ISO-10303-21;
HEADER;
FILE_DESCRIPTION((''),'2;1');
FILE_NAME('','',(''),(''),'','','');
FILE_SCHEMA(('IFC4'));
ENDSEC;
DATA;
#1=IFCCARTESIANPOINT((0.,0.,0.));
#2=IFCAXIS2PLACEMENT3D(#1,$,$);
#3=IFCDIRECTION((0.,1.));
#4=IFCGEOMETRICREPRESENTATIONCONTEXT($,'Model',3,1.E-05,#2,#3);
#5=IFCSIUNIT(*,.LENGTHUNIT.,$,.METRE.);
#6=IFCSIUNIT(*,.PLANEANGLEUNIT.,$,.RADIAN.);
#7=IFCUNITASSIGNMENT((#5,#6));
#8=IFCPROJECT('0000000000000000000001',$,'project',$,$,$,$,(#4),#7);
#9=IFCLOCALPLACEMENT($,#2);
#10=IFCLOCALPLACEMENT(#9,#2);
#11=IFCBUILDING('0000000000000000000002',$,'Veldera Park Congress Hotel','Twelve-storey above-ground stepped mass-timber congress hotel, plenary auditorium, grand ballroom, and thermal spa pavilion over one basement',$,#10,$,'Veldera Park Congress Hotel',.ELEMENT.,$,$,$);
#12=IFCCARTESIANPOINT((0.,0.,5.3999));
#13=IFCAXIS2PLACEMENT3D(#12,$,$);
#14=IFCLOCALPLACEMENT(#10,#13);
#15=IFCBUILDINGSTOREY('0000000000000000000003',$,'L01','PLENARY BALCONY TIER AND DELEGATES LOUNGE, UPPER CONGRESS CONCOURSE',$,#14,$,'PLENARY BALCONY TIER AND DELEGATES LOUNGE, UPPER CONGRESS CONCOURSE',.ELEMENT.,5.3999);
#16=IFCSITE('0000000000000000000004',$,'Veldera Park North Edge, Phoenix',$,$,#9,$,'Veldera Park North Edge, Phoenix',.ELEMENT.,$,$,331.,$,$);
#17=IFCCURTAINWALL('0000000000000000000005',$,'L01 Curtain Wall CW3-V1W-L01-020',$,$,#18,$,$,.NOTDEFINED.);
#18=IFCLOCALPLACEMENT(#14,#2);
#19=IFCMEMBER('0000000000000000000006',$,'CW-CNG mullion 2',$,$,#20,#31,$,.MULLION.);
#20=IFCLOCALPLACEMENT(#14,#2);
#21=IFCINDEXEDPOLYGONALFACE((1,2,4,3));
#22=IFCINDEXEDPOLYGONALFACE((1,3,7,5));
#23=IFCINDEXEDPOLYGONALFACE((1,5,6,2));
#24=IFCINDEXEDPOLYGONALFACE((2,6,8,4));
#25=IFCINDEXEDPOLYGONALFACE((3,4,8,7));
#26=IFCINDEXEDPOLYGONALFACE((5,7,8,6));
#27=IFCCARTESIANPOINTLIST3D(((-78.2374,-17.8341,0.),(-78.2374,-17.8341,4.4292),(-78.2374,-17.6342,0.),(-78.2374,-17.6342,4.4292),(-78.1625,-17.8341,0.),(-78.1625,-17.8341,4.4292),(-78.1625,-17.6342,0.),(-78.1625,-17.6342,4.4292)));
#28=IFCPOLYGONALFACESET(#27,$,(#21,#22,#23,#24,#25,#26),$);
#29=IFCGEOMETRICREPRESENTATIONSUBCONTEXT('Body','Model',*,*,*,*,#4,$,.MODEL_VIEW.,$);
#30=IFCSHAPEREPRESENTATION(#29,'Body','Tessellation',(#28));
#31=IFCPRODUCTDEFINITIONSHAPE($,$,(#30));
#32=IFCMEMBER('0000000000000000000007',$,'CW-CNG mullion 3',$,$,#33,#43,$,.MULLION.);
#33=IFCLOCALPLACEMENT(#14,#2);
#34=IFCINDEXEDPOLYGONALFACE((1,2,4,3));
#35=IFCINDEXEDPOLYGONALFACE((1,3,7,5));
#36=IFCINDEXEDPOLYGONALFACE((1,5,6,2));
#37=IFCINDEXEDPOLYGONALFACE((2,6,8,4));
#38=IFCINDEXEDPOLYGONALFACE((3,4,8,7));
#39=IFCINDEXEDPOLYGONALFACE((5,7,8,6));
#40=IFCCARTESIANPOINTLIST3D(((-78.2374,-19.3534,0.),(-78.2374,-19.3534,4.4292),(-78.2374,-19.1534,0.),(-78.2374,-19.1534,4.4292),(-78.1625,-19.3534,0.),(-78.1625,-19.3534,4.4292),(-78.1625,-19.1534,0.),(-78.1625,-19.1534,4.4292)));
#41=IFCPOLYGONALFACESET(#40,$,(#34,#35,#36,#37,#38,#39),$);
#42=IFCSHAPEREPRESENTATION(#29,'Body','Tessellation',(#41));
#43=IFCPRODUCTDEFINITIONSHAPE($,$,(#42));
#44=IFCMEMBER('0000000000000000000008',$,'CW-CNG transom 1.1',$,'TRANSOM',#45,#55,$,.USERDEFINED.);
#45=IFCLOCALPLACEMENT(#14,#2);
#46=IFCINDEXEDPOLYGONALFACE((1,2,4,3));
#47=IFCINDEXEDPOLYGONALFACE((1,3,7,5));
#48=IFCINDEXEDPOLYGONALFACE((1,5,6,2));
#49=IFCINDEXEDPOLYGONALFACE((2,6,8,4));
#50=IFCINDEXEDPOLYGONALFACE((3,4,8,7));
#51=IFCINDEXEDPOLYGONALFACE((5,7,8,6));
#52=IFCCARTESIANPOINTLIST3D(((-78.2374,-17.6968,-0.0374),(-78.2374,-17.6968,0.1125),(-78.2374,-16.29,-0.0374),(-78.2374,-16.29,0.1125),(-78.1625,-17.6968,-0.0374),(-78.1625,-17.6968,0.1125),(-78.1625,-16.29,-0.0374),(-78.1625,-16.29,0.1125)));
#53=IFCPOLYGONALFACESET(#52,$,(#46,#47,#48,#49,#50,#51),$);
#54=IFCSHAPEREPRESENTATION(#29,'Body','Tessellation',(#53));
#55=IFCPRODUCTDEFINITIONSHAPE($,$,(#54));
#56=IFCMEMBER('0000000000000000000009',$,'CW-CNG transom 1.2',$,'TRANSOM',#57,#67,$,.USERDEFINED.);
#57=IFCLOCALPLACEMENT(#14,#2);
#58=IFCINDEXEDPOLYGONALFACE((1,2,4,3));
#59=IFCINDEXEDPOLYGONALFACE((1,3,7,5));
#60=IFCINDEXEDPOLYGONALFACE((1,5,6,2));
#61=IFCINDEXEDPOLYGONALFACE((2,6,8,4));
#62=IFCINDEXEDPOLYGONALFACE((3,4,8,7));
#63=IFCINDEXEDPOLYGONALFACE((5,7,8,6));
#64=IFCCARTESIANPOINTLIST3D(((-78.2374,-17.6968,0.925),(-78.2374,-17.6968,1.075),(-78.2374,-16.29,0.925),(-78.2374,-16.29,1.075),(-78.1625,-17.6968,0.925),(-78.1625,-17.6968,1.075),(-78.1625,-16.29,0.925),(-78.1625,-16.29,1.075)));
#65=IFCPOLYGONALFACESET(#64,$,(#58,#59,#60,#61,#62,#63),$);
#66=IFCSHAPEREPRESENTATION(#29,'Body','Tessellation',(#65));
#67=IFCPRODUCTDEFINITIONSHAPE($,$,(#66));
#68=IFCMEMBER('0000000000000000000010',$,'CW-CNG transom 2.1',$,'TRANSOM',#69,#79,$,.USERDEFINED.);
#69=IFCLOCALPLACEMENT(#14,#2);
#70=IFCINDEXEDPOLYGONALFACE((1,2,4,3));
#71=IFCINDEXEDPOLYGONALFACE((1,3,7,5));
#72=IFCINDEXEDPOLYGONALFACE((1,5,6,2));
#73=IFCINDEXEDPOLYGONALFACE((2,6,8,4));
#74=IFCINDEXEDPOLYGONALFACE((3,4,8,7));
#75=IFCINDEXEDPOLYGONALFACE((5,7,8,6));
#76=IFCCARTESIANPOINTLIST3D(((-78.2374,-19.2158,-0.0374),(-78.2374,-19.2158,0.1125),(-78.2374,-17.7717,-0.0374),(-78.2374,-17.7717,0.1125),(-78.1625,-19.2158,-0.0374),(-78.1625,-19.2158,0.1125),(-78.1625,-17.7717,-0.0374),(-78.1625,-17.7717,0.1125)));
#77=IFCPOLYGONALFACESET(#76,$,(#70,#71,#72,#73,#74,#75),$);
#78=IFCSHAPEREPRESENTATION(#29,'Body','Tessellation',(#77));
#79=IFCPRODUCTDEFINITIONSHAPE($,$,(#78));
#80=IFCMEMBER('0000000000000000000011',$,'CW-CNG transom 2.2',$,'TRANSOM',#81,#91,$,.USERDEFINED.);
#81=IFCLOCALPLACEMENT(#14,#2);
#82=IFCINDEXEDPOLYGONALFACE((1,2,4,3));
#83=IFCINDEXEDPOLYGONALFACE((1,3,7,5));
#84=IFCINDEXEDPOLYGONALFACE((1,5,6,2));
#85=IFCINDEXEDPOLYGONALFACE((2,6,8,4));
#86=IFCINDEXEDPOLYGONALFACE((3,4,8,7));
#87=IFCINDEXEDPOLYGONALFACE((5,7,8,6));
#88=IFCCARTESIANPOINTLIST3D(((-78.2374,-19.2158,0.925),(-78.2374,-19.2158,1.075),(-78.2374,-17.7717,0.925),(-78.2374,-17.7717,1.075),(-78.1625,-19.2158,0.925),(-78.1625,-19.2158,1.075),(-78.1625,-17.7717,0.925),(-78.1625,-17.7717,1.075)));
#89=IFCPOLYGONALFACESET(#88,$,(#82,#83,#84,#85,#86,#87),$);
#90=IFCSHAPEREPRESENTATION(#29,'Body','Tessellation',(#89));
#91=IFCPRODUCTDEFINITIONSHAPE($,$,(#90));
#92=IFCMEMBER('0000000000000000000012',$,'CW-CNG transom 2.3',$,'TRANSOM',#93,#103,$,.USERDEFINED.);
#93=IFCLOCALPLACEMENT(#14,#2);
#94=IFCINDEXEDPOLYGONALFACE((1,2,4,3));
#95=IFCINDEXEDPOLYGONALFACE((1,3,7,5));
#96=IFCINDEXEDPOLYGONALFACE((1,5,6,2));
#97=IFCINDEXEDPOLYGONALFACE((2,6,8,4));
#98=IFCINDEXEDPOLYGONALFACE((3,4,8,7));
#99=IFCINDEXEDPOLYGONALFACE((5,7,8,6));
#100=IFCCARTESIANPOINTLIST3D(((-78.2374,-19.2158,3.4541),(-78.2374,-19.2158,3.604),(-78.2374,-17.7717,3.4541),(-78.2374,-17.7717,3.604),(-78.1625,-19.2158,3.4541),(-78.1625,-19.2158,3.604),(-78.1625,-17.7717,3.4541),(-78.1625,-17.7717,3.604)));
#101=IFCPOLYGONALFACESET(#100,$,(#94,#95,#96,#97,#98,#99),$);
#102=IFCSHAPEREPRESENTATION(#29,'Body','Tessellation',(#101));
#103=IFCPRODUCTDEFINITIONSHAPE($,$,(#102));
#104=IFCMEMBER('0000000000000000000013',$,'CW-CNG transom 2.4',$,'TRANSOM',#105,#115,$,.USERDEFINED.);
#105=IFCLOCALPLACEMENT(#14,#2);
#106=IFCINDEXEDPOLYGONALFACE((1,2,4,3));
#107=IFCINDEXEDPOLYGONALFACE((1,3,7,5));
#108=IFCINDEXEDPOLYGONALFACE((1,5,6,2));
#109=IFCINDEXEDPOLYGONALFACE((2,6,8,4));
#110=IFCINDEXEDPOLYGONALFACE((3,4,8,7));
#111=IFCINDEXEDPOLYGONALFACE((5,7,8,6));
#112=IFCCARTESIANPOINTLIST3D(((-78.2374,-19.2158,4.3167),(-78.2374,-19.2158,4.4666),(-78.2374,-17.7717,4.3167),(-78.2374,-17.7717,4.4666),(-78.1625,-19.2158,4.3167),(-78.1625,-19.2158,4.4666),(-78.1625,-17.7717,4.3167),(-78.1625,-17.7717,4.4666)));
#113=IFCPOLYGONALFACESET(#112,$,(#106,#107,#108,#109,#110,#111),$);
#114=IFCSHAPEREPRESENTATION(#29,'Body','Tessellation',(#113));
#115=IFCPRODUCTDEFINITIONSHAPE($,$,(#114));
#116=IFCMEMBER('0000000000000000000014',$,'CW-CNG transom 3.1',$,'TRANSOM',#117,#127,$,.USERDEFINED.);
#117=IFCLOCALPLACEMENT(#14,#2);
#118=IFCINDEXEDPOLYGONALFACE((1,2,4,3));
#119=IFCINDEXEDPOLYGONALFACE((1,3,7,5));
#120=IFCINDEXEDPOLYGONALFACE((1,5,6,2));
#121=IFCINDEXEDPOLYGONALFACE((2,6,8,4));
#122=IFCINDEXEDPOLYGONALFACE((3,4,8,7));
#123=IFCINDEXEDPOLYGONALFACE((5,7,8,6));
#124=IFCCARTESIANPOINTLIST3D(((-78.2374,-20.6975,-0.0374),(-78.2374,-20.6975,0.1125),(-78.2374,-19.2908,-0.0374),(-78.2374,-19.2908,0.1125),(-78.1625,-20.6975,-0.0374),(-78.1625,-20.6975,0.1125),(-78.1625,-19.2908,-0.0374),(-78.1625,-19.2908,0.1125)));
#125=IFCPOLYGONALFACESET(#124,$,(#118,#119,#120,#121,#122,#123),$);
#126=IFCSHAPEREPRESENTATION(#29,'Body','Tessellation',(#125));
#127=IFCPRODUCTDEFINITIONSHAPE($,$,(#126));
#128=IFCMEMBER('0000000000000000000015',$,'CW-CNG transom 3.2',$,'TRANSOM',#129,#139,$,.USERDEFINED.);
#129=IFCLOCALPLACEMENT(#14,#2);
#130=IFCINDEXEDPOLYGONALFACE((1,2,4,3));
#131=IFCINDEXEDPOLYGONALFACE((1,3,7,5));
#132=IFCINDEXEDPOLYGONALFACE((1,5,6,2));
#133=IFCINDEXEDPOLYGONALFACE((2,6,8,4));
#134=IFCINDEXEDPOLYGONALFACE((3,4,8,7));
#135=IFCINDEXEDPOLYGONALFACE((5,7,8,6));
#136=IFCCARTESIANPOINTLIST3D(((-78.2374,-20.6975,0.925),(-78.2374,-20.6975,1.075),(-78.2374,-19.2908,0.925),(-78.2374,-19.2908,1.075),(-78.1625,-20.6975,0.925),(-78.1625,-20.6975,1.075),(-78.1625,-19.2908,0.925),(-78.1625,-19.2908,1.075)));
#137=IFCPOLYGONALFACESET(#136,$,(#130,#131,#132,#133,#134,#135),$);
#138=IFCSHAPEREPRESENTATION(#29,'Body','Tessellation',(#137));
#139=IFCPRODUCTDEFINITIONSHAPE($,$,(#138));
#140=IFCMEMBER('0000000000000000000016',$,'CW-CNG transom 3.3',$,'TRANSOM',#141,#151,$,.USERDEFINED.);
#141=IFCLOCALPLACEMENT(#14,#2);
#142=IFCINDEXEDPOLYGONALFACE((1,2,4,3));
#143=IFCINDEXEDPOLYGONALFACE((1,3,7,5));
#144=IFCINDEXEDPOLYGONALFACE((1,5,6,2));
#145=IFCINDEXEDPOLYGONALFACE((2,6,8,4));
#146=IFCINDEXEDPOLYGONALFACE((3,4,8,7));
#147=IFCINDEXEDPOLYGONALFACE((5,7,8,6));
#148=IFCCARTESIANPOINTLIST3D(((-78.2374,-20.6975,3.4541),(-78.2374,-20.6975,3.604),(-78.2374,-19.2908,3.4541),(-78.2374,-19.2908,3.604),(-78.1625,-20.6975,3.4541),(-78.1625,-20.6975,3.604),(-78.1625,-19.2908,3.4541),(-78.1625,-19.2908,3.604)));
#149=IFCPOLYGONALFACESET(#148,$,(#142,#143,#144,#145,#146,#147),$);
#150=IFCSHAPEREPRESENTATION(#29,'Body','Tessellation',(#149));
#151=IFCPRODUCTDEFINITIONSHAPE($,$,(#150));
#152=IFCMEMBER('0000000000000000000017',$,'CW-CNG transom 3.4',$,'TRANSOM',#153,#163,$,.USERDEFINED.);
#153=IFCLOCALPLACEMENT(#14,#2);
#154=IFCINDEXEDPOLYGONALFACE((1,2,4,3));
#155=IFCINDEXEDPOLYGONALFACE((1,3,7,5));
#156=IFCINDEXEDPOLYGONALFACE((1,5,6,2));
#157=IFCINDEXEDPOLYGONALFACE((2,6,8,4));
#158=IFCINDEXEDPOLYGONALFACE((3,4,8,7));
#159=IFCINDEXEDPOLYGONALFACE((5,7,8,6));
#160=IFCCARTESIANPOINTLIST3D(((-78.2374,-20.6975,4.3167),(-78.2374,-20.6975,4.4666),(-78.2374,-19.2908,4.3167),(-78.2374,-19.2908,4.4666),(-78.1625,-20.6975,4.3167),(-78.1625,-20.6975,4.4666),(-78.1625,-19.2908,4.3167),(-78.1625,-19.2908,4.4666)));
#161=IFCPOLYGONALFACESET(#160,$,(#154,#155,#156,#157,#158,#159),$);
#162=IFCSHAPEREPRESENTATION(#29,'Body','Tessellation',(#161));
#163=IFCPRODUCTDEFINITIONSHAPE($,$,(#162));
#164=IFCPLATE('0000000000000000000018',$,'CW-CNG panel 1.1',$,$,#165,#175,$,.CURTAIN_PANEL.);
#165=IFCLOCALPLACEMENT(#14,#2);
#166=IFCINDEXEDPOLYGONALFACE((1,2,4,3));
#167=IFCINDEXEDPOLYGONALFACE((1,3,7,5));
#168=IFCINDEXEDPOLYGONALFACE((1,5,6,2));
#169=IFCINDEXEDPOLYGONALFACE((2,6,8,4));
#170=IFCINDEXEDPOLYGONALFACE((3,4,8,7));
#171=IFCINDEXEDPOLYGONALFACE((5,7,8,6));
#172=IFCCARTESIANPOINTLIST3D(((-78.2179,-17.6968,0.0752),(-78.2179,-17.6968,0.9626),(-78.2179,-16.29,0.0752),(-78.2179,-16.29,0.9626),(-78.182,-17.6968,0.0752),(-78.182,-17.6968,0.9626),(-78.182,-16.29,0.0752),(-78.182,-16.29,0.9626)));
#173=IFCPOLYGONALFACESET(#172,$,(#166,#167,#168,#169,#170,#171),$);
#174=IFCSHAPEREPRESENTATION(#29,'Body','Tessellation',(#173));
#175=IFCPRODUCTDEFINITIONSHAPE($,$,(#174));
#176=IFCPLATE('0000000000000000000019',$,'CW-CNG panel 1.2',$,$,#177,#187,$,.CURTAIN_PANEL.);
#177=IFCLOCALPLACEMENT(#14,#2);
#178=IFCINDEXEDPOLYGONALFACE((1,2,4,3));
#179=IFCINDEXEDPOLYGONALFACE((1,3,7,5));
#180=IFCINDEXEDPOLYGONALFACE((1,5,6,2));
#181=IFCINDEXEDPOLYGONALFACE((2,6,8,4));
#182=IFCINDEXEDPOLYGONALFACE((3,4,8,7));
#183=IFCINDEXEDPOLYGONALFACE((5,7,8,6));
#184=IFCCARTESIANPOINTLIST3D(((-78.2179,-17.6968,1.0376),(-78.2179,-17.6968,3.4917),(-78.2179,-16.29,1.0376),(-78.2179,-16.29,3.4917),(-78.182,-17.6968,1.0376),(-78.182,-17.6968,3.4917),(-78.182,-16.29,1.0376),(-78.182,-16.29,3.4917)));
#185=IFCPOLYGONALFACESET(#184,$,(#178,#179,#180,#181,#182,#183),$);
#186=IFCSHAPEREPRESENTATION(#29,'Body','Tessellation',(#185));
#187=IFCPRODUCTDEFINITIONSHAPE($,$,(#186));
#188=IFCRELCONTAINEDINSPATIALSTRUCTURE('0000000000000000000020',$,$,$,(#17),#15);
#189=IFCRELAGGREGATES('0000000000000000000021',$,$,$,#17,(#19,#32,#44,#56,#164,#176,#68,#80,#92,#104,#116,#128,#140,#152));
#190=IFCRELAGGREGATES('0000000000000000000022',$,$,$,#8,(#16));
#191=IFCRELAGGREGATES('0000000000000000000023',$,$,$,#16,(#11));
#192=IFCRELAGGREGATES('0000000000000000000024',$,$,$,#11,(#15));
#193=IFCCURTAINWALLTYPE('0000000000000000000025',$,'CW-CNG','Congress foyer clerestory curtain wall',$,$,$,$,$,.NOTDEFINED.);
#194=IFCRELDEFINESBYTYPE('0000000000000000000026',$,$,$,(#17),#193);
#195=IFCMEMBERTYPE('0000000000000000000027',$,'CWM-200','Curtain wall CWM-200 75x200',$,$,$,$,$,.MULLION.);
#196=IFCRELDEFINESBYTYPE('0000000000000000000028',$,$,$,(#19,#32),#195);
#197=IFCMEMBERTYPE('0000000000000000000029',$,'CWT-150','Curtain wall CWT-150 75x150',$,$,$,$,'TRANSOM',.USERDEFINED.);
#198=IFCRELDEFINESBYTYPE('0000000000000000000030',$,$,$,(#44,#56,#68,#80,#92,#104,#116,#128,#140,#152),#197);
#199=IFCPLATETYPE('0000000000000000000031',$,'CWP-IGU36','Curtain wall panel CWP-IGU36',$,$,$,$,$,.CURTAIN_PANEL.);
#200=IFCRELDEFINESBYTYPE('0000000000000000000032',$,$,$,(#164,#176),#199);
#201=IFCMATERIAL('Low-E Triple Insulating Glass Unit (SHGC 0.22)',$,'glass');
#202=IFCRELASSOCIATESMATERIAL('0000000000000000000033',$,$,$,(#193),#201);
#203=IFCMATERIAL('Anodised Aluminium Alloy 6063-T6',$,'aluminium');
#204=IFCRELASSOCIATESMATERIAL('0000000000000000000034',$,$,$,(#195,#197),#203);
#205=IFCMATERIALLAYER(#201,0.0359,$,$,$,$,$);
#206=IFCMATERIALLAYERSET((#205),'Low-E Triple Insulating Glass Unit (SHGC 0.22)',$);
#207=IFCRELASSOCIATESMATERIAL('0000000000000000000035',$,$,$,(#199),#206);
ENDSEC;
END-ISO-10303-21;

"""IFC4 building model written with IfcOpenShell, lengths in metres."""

from ifc_helpers import new_model, si_unit, direction, frame, origin, origin_2d, place, context, subcontext, project, spatial, rectangle, extrude, material, layer, layer_set, material_profile, profile_set, type_object, element, aggregate, save


model = new_model("IFC4")

# Units and contexts
model_context = context("Model", 3, precision=1e-05, world=origin(), true_north=direction((0.0, 1.0)))
body_context = subcontext(model_context, "Body", "Model", "MODEL_VIEW")
ifc_project = project(units=[si_unit("LENGTHUNIT", "METRE"), si_unit("PLANEANGLEUNIT", "RADIAN")], contexts=[model_context])

# Site, building, storey
site_placement = place(None, origin())
site = spatial("IfcSite", under=ifc_project, at=site_placement, Name="Veldera Park North Edge, Phoenix", LongName="Veldera Park North Edge, Phoenix", CompositionType="ELEMENT", RefElevation=331.0)
building_placement = place(site_placement, origin())
building = spatial("IfcBuilding", under=site, at=building_placement, Name="Veldera Park Congress Hotel", Description="Twelve-storey above-ground stepped mass-timber congress hotel, plenary auditorium, grand ballroom, and thermal spa pavilion over one basement", LongName="Veldera Park Congress Hotel", CompositionType="ELEMENT")
storey_placement = place(building_placement, frame((0.0, 0.0, 5.3999)))
storey = spatial("IfcBuildingStorey", under=building, at=storey_placement, Name="L01", Description="PLENARY BALCONY TIER AND DELEGATES LOUNGE, UPPER CONGRESS CONCOURSE", LongName="PLENARY BALCONY TIER AND DELEGATES LOUNGE, UPPER CONGRESS CONCOURSE", CompositionType="ELEMENT", Elevation=5.3999)

# Curtain wall, members, plates
ifc_material_1 = material(Name="Low-E Triple Insulating Glass Unit (SHGC 0.22)", Category="glass")
curtain_wall_type = type_object("IfcCurtainWallType", Name="CW-CNG", Description="Congress foyer clerestory curtain wall", PredefinedType="NOTDEFINED", material=ifc_material_1)
curtain_wall_placement = place(storey_placement, origin())
curtain_wall = element("IfcCurtainWall", 1, at=curtain_wall_placement, inside=storey, type_object=curtain_wall_type, Name="L01 Curtain Wall CW3-V1W-L01-020", PredefinedType="NOTDEFINED")
ifc_material_2 = material(Name="Anodised Aluminium Alloy 6063-T6", Category="aluminium")
ifc_material_profile_1 = material_profile(ifc_material_2, rectangle(XDim=0.075, YDim=0.2, at=origin_2d()), Name="ALU 75x200")
ifc_profile_set_1 = profile_set([ifc_material_profile_1], Name="Anodised Aluminium Alloy 6063-T6")
member_type_1 = type_object("IfcMemberType", Name="CWM-200", Description="Curtain wall CWM-200 75x200", PredefinedType="MULLION", material=ifc_profile_set_1)
member_1_placement = place(storey_placement, frame((-78.2, -17.7341, 0.0), z_axis=(0.0, 0.0, 1.0), x_axis=(1.0, 0.0, 0.0)))
member_1 = element("IfcMember", 2, at=member_1_placement, type_object=member_type_1, Name="CW-CNG mullion 2", PredefinedType="MULLION", context=body_context, shape_type="SweptSolid", body=[
    extrude(rectangle(XDim=0.075, YDim=0.2, at=origin_2d()), origin(), (0.0, 0.0, 1.0), 4.4292),
])
member_2_placement = place(storey_placement, frame((-78.2, -19.2534, 0.0), z_axis=(0.0, 0.0, 1.0), x_axis=(1.0, 0.0, 0.0)))
member_2 = element("IfcMember", 3, at=member_2_placement, type_object=member_type_1, Name="CW-CNG mullion 3", PredefinedType="MULLION", context=body_context, shape_type="SweptSolid", body=[
    extrude(rectangle(XDim=0.075, YDim=0.2, at=origin_2d()), origin(), (0.0, 0.0, 1.0), 4.4292),
])
ifc_material_profile_2 = material_profile(ifc_material_2, rectangle(XDim=0.075, YDim=0.1499, at=origin_2d()), Name="ALU 75x150")
ifc_profile_set_2 = profile_set([ifc_material_profile_2], Name="Anodised Aluminium Alloy 6063-T6")
member_type_2 = type_object("IfcMemberType", Name="CWT-150", Description="Curtain wall CWT-150 75x150", ElementType="TRANSOM", PredefinedType="USERDEFINED", material=ifc_profile_set_2)
member_3_placement = place(storey_placement, frame((-78.2, -16.29, 0.0376), z_axis=(0.0, -1.0, 0.0), x_axis=(1.0, 0.0, 0.0)))
member_3 = element("IfcMember", 4, at=member_3_placement, type_object=member_type_2, Name="CW-CNG transom 1.1", ObjectType="TRANSOM", PredefinedType="USERDEFINED", context=body_context, shape_type="SweptSolid", body=[
    extrude(rectangle(XDim=0.075, YDim=0.1499, at=origin_2d()), origin(), (0.0, 0.0, 1.0), 1.4067),
])
member_4_placement = place(storey_placement, frame((-78.2, -16.29, 1.0), z_axis=(0.0, -1.0, 0.0), x_axis=(1.0, 0.0, 0.0)))
member_4 = element("IfcMember", 5, at=member_4_placement, type_object=member_type_2, Name="CW-CNG transom 1.2", ObjectType="TRANSOM", PredefinedType="USERDEFINED", context=body_context, shape_type="SweptSolid", body=[
    extrude(rectangle(XDim=0.075, YDim=0.1499, at=origin_2d()), origin(), (0.0, 0.0, 1.0), 1.4067),
])
member_5_placement = place(storey_placement, frame((-78.2, -17.7717, 0.0376), z_axis=(0.0, -1.0, 0.0), x_axis=(1.0, 0.0, 0.0)))
member_5 = element("IfcMember", 6, at=member_5_placement, type_object=member_type_2, Name="CW-CNG transom 2.1", ObjectType="TRANSOM", PredefinedType="USERDEFINED", context=body_context, shape_type="SweptSolid", body=[
    extrude(rectangle(XDim=0.075, YDim=0.1499, at=origin_2d()), origin(), (0.0, 0.0, 1.0), 1.4441),
])
member_6_placement = place(storey_placement, frame((-78.2, -17.7717, 1.0), z_axis=(0.0, -1.0, 0.0), x_axis=(1.0, 0.0, 0.0)))
member_6 = element("IfcMember", 7, at=member_6_placement, type_object=member_type_2, Name="CW-CNG transom 2.2", ObjectType="TRANSOM", PredefinedType="USERDEFINED", context=body_context, shape_type="SweptSolid", body=[
    extrude(rectangle(XDim=0.075, YDim=0.1499, at=origin_2d()), origin(), (0.0, 0.0, 1.0), 1.4441),
])
member_7_placement = place(storey_placement, frame((-78.2, -17.7717, 3.5291), z_axis=(0.0, -1.0, 0.0), x_axis=(1.0, 0.0, 0.0)))
member_7 = element("IfcMember", 8, at=member_7_placement, type_object=member_type_2, Name="CW-CNG transom 2.3", ObjectType="TRANSOM", PredefinedType="USERDEFINED", context=body_context, shape_type="SweptSolid", body=[
    extrude(rectangle(XDim=0.075, YDim=0.1499, at=origin_2d()), origin(), (0.0, 0.0, 1.0), 1.4441),
])
member_8_placement = place(storey_placement, frame((-78.2, -17.7717, 4.3916), z_axis=(0.0, -1.0, 0.0), x_axis=(1.0, 0.0, 0.0)))
member_8 = element("IfcMember", 9, at=member_8_placement, type_object=member_type_2, Name="CW-CNG transom 2.4", ObjectType="TRANSOM", PredefinedType="USERDEFINED", context=body_context, shape_type="SweptSolid", body=[
    extrude(rectangle(XDim=0.075, YDim=0.1499, at=origin_2d()), origin(), (0.0, 0.0, 1.0), 1.4441),
])
member_9_placement = place(storey_placement, frame((-78.2, -19.2908, 0.0376), z_axis=(0.0, -1.0, 0.0), x_axis=(1.0, 0.0, 0.0)))
member_9 = element("IfcMember", 10, at=member_9_placement, type_object=member_type_2, Name="CW-CNG transom 3.1", ObjectType="TRANSOM", PredefinedType="USERDEFINED", context=body_context, shape_type="SweptSolid", body=[
    extrude(rectangle(XDim=0.075, YDim=0.1499, at=origin_2d()), origin(), (0.0, 0.0, 1.0), 1.4067),
])
member_10_placement = place(storey_placement, frame((-78.2, -19.2908, 1.0), z_axis=(0.0, -1.0, 0.0), x_axis=(1.0, 0.0, 0.0)))
member_10 = element("IfcMember", 11, at=member_10_placement, type_object=member_type_2, Name="CW-CNG transom 3.2", ObjectType="TRANSOM", PredefinedType="USERDEFINED", context=body_context, shape_type="SweptSolid", body=[
    extrude(rectangle(XDim=0.075, YDim=0.1499, at=origin_2d()), origin(), (0.0, 0.0, 1.0), 1.4067),
])
member_11_placement = place(storey_placement, frame((-78.2, -19.2908, 3.5291), z_axis=(0.0, -1.0, 0.0), x_axis=(1.0, 0.0, 0.0)))
member_11 = element("IfcMember", 12, at=member_11_placement, type_object=member_type_2, Name="CW-CNG transom 3.3", ObjectType="TRANSOM", PredefinedType="USERDEFINED", context=body_context, shape_type="SweptSolid", body=[
    extrude(rectangle(XDim=0.075, YDim=0.1499, at=origin_2d()), origin(), (0.0, 0.0, 1.0), 1.4067),
])
member_12_placement = place(storey_placement, frame((-78.2, -19.2908, 4.3916), z_axis=(0.0, -1.0, 0.0), x_axis=(1.0, 0.0, 0.0)))
member_12 = element("IfcMember", 13, at=member_12_placement, type_object=member_type_2, Name="CW-CNG transom 3.4", ObjectType="TRANSOM", PredefinedType="USERDEFINED", context=body_context, shape_type="SweptSolid", body=[
    extrude(rectangle(XDim=0.075, YDim=0.1499, at=origin_2d()), origin(), (0.0, 0.0, 1.0), 1.4067),
])
ifc_layer = layer(ifc_material_1, 0.0359)
ifc_layer_set = layer_set([ifc_layer], Name="Low-E Triple Insulating Glass Unit (SHGC 0.22)")
plate_type = type_object("IfcPlateType", Name="CWP-IGU36", Description="Curtain wall panel CWP-IGU36", PredefinedType="CURTAIN_PANEL", material=ifc_layer_set)
plate_1_placement = place(storey_placement, frame((-78.2, -16.9934, 0.0752), z_axis=(0.0, 0.0, 1.0), x_axis=(0.0, -1.0, 0.0)))
plate_1 = element("IfcPlate", 14, at=plate_1_placement, type_object=plate_type, Name="CW-CNG panel 1.1", PredefinedType="CURTAIN_PANEL", context=body_context, shape_type="SweptSolid", body=[
    extrude(rectangle(XDim=1.4067, YDim=0.0359, at=origin_2d()), origin(), (0.0, 0.0, 1.0), 0.8875),
])
plate_2_placement = place(storey_placement, frame((-78.2, -16.9934, 1.0376), z_axis=(0.0, 0.0, 1.0), x_axis=(0.0, -1.0, 0.0)))
plate_2 = element("IfcPlate", 15, at=plate_2_placement, type_object=plate_type, Name="CW-CNG panel 1.2", PredefinedType="CURTAIN_PANEL", context=body_context, shape_type="SweptSolid", body=[
    extrude(rectangle(XDim=1.4067, YDim=0.0359, at=origin_2d()), origin(), (0.0, 0.0, 1.0), 2.4541),
])
aggregate(curtain_wall, [member_1, member_2, member_3, member_4, plate_1, plate_2, member_5, member_6, member_7, member_8, member_9, member_10, member_11, member_12])

save(model, "model.ifc")
